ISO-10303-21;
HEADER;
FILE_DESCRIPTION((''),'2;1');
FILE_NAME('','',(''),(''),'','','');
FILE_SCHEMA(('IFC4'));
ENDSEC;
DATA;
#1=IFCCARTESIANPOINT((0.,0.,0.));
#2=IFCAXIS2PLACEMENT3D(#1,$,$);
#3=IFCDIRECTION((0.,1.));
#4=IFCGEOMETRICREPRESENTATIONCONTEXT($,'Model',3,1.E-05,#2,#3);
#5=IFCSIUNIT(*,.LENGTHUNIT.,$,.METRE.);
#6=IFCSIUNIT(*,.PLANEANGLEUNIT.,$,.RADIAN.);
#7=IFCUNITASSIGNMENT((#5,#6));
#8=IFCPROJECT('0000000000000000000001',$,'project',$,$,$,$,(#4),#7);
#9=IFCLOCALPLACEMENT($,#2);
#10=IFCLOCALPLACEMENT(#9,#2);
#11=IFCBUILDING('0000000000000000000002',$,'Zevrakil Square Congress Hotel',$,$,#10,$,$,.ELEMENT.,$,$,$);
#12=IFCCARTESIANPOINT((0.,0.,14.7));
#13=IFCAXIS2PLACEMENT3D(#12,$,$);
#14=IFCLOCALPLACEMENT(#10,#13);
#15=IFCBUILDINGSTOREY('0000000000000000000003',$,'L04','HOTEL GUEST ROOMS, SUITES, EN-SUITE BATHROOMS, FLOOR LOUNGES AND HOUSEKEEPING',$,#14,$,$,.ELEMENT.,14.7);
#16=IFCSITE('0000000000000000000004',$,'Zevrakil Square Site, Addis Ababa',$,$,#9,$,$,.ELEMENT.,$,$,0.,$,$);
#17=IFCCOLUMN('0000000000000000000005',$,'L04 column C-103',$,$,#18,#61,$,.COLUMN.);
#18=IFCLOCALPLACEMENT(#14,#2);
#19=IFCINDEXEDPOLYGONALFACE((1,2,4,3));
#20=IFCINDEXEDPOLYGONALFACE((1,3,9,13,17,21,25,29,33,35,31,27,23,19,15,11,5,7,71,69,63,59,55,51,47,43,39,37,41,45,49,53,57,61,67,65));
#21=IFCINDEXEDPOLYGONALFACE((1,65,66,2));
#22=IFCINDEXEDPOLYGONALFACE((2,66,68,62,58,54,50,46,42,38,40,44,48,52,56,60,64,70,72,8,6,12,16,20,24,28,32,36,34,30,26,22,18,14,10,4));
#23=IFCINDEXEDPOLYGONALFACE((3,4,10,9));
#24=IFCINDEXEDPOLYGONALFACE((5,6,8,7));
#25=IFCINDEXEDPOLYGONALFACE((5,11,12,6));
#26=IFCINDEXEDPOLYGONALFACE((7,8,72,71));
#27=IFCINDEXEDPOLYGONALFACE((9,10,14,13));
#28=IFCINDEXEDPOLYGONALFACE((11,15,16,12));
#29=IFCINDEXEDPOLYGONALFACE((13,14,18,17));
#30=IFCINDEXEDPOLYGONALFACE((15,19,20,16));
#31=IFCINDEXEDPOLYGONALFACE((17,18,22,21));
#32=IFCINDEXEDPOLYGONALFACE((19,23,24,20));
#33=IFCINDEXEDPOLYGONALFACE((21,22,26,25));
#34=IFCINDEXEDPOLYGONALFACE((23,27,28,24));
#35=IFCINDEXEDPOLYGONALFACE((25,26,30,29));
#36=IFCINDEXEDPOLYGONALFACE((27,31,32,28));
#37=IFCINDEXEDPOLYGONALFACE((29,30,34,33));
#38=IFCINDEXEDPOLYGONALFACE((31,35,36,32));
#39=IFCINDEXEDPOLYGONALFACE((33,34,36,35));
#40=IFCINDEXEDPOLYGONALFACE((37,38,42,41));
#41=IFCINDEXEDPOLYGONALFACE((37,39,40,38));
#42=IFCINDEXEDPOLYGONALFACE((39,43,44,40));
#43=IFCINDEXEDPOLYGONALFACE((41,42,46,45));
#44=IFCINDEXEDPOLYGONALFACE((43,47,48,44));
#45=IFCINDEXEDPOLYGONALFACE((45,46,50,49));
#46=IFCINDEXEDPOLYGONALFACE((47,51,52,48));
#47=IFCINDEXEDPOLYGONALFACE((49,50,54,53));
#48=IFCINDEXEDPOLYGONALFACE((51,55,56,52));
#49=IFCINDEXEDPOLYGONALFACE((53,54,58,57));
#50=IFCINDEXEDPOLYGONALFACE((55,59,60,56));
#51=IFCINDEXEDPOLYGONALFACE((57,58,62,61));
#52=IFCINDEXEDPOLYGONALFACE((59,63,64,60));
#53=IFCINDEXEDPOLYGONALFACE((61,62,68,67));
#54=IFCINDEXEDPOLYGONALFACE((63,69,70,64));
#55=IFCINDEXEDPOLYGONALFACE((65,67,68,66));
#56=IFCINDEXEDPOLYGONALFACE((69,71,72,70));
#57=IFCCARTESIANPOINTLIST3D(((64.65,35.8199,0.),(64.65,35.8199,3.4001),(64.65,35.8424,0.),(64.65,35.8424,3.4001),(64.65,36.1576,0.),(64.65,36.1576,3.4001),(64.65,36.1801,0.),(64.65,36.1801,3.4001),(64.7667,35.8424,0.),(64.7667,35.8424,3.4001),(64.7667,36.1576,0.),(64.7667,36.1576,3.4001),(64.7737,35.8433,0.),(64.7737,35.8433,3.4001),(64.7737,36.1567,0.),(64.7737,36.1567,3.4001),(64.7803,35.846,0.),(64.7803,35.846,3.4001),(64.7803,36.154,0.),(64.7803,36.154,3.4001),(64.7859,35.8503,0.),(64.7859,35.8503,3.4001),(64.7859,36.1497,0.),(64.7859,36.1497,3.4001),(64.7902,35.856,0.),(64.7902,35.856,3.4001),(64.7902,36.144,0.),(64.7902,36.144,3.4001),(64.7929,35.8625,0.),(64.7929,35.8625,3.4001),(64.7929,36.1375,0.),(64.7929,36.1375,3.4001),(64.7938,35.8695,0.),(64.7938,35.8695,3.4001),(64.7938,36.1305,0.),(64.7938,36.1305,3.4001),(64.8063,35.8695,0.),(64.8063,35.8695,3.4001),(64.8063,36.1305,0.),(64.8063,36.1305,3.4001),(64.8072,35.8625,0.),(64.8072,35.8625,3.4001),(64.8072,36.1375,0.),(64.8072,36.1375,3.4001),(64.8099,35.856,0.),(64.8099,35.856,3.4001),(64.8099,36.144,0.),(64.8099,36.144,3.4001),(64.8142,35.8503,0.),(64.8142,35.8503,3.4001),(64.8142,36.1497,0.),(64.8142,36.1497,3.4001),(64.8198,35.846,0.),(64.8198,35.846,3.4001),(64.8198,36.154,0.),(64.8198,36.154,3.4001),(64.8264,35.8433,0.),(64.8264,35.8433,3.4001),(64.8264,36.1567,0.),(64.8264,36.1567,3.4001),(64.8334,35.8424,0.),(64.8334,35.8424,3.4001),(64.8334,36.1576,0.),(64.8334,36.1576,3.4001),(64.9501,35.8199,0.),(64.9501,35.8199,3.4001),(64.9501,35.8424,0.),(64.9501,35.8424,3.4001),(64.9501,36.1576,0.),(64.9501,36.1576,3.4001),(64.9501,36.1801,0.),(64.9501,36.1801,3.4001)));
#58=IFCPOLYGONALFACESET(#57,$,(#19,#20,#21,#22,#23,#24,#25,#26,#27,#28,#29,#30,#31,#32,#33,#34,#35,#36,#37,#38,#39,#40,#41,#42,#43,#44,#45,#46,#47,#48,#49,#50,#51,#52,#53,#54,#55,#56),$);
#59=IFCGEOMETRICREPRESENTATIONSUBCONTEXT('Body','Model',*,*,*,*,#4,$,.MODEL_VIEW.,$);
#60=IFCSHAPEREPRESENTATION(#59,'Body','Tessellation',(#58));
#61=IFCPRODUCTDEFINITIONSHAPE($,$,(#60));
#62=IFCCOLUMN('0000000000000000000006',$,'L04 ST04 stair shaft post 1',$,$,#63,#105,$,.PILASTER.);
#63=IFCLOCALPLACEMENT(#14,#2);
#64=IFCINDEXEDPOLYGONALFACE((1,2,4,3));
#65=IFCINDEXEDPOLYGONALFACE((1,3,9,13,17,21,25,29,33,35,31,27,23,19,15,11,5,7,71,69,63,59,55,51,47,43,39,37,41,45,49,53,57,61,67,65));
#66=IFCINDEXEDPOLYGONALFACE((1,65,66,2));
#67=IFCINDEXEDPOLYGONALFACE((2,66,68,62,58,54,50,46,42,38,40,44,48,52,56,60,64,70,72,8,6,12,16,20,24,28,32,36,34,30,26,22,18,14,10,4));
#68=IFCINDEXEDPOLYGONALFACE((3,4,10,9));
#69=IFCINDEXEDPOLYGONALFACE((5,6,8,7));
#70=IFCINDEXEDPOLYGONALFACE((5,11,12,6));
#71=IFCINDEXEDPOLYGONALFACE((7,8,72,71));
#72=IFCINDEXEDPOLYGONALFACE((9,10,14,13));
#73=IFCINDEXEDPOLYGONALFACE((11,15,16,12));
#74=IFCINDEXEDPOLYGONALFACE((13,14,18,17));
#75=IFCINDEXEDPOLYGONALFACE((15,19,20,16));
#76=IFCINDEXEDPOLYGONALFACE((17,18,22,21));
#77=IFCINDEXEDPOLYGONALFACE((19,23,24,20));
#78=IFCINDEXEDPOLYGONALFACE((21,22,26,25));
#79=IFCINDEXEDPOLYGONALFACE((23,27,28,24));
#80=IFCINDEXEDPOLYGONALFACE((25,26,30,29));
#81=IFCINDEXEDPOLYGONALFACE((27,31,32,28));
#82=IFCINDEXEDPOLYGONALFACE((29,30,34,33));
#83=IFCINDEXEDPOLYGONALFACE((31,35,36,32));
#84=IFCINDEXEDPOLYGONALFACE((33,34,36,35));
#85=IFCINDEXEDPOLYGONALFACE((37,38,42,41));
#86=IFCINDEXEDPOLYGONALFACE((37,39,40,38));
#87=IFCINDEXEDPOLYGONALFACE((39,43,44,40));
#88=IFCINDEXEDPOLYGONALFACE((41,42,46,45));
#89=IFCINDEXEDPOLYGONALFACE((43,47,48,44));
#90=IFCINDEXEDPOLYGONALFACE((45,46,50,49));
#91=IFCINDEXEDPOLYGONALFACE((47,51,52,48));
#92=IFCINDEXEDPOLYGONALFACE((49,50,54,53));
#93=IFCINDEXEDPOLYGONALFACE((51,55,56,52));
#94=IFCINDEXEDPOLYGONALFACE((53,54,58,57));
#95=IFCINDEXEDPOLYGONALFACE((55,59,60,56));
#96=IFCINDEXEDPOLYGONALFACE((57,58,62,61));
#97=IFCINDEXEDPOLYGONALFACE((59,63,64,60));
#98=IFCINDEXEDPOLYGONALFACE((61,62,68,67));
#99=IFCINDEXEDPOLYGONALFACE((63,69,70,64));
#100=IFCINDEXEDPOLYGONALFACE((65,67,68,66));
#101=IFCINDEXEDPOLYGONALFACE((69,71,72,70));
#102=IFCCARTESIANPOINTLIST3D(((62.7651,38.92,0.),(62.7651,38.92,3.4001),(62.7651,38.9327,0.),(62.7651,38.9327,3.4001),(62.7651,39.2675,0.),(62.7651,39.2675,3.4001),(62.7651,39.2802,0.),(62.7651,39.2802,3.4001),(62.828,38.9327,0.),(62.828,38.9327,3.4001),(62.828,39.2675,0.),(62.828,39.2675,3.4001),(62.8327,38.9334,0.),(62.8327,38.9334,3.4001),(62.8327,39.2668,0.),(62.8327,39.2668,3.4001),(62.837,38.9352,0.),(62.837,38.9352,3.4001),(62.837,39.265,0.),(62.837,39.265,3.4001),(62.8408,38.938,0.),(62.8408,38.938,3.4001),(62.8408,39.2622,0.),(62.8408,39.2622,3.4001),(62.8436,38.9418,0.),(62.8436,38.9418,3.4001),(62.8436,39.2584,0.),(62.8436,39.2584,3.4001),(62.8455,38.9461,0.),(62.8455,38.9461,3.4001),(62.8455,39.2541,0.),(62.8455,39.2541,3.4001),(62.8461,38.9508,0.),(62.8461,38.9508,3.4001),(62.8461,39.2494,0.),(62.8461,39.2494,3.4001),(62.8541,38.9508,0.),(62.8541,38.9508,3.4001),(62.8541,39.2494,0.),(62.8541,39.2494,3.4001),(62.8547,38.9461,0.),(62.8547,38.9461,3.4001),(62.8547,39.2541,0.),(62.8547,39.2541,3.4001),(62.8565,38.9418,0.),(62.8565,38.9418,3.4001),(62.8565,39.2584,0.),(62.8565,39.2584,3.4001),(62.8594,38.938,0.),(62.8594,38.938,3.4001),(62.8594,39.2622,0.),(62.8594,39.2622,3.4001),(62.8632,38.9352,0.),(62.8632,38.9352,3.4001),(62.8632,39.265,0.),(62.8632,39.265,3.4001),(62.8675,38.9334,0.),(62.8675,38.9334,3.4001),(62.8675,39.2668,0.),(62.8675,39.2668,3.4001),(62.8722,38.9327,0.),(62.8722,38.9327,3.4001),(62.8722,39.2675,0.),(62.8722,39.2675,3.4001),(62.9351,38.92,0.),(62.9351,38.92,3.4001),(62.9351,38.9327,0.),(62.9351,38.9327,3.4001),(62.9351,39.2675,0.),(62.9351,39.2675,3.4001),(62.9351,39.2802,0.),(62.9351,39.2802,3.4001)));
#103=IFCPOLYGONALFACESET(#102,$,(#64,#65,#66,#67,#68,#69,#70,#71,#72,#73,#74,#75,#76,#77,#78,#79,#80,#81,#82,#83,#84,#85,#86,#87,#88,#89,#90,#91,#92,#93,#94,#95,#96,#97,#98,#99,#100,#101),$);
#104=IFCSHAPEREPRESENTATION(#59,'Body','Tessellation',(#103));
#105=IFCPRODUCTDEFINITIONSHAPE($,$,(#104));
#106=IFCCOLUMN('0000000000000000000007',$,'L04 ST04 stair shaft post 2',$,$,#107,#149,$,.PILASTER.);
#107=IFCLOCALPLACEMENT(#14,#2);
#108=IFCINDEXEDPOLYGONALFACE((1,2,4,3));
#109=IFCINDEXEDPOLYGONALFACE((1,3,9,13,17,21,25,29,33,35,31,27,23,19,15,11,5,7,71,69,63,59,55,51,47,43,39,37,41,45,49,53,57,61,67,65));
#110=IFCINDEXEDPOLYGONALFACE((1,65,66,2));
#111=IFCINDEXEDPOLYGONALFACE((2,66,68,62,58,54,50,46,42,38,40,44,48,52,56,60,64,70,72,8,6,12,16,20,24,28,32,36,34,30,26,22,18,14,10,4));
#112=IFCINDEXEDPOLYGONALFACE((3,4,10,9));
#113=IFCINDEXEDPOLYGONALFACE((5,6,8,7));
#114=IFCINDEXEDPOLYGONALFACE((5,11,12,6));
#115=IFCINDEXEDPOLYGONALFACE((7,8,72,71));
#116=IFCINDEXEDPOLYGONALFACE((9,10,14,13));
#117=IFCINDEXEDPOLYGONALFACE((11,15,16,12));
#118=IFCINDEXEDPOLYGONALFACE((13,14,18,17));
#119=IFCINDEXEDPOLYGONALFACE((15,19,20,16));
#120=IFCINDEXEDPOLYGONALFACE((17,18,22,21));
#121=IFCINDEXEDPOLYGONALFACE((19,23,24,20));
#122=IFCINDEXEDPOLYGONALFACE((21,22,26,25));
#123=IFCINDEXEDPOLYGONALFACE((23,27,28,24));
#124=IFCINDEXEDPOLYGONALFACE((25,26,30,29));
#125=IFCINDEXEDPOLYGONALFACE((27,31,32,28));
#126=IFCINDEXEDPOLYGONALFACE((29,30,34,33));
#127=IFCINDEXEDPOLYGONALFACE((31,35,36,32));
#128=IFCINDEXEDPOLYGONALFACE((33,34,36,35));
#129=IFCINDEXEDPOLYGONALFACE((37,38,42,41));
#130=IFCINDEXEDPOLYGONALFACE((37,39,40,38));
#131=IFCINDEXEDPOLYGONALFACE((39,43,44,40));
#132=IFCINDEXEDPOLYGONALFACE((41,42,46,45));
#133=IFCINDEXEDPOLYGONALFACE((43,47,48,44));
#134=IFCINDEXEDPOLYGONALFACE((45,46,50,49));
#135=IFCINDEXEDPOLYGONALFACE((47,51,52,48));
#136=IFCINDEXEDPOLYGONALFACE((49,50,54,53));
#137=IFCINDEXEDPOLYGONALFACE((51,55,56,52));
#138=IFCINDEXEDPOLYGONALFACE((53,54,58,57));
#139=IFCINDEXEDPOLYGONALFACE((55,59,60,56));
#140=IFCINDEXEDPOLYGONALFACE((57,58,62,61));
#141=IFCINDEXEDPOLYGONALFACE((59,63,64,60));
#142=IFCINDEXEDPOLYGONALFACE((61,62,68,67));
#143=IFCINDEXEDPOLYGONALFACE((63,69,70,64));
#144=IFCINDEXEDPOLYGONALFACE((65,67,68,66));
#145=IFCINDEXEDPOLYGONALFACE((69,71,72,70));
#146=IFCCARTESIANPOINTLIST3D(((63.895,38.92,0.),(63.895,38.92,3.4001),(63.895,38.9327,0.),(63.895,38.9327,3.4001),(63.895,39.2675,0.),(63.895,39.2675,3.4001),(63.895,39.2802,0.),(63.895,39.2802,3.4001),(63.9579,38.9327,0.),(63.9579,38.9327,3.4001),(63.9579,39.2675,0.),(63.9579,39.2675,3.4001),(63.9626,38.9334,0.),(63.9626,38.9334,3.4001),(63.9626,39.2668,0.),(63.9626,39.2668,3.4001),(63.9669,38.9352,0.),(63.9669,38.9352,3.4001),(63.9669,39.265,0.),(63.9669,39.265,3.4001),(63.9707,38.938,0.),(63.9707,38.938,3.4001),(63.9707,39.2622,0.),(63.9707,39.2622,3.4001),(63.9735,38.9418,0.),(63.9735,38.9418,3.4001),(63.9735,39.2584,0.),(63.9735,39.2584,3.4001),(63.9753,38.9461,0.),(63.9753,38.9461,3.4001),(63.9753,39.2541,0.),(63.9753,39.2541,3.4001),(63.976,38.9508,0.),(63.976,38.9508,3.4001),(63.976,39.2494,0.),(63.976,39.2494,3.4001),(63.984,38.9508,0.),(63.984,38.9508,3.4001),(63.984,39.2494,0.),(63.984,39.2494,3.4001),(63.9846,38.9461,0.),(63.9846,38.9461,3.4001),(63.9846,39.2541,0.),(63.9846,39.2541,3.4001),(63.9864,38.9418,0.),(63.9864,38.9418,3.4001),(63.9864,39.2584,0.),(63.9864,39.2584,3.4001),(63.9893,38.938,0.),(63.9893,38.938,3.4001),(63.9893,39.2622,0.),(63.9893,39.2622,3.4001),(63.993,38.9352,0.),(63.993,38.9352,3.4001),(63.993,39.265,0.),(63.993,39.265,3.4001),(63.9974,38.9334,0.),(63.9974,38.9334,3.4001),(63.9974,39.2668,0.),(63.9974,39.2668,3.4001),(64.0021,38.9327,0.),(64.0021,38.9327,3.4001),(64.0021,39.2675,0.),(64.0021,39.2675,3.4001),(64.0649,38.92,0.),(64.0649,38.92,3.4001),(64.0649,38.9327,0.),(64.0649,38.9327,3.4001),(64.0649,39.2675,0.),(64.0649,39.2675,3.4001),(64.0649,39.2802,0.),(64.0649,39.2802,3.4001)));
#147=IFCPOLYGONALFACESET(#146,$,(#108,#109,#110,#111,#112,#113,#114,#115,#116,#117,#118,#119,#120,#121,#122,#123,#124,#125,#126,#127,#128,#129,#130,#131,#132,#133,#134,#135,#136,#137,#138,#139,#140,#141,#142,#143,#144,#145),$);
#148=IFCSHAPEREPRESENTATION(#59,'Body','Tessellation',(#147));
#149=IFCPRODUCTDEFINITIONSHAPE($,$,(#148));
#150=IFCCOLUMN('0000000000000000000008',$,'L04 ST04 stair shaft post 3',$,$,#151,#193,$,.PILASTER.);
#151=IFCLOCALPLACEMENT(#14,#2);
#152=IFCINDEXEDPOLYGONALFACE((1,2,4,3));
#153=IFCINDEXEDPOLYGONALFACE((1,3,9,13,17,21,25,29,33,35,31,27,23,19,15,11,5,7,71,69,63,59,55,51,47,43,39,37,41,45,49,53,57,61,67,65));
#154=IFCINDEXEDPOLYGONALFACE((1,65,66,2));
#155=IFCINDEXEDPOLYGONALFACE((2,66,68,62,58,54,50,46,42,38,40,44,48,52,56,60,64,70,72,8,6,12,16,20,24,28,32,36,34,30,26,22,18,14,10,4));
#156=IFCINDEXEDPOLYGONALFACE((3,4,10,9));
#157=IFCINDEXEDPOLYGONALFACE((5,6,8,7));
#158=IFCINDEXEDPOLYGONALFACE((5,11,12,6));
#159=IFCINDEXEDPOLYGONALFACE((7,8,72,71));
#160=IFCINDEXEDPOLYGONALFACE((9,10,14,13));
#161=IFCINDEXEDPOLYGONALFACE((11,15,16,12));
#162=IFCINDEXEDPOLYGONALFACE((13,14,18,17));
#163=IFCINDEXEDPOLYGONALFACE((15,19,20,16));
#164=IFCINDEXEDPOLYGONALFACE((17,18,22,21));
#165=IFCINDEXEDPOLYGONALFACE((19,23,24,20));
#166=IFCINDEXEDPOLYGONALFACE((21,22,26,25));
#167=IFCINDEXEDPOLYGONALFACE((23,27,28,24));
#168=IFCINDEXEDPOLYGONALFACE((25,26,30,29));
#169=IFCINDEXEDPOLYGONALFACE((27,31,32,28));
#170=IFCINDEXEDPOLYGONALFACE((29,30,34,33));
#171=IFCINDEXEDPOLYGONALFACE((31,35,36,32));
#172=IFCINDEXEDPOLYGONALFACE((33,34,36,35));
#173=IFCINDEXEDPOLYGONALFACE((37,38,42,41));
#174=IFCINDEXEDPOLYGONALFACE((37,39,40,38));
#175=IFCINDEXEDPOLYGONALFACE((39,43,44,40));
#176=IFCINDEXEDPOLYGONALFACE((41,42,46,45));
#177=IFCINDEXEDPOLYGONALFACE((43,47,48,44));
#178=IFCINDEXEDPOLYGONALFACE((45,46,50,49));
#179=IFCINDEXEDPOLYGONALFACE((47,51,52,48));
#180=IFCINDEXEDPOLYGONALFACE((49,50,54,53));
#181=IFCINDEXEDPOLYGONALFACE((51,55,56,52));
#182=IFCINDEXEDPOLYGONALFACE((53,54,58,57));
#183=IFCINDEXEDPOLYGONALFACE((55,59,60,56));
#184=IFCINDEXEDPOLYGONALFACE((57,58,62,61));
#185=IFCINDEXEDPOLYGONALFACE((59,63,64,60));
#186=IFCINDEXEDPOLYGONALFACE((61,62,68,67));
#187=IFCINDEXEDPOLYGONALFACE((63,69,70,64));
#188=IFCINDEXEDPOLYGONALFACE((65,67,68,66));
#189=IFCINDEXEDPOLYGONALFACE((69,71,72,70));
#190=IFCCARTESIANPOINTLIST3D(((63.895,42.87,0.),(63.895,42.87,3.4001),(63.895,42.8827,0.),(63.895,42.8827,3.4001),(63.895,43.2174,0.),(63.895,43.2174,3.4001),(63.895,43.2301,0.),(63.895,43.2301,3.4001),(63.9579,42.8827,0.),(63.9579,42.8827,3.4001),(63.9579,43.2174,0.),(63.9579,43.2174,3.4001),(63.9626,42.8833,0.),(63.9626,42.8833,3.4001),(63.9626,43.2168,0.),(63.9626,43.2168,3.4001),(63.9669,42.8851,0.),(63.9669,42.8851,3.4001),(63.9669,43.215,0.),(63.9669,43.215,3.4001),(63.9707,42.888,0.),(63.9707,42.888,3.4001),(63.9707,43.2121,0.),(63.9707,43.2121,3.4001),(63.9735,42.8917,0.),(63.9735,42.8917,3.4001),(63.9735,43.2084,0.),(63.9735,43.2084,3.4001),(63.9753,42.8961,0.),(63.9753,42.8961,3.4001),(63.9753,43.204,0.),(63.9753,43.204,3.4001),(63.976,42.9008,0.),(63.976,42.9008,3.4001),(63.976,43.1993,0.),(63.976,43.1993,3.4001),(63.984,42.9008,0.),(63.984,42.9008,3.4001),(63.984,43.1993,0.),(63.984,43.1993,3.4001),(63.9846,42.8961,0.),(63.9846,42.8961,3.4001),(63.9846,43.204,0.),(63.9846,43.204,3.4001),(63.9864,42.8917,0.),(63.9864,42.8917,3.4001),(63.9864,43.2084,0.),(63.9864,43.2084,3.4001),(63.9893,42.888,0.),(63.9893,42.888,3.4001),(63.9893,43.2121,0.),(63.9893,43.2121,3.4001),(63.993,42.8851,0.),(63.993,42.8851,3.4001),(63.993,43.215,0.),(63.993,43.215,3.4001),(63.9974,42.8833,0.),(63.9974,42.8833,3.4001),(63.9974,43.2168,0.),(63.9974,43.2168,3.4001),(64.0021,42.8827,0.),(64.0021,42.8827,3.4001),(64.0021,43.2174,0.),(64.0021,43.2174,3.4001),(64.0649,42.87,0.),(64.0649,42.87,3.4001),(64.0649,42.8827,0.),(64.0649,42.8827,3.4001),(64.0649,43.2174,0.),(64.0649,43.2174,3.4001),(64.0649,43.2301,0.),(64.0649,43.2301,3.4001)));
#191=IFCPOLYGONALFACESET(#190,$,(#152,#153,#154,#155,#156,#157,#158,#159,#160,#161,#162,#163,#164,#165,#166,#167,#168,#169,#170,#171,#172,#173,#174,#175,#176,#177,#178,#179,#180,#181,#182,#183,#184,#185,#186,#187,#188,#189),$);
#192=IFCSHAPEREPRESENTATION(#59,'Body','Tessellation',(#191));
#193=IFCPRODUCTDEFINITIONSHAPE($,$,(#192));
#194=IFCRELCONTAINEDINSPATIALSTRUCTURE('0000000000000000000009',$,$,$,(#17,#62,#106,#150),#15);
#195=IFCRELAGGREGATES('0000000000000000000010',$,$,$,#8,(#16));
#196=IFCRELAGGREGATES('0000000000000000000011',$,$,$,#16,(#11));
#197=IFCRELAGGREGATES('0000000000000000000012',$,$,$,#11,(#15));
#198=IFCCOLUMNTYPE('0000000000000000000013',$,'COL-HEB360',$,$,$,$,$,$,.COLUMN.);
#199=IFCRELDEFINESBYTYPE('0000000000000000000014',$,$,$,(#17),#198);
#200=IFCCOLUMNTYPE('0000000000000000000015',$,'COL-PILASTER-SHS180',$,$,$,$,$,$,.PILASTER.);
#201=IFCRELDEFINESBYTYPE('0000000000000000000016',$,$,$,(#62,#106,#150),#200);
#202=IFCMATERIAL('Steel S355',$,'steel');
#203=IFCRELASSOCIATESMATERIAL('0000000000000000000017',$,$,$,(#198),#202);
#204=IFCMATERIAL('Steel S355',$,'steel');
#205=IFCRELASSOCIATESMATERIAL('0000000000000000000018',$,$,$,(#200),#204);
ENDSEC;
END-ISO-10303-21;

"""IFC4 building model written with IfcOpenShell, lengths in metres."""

from ifc_helpers import new_model, si_unit, direction, frame, origin, origin_2d, place, context, subcontext, project, spatial, i_section, extrude, material, material_profile, profile_set, type_object, element, save


model = new_model("IFC4")

# Units and contexts
model_context = context("Model", 3, precision=1e-05, world=origin(), true_north=direction((0.0, 1.0)))
body_context = subcontext(model_context, "Body", "Model", "MODEL_VIEW")
ifc_project = project(units=[si_unit("LENGTHUNIT", "METRE"), si_unit("PLANEANGLEUNIT", "RADIAN")], contexts=[model_context])

# Site, building, storey
site_placement = place(None, origin())
site = spatial("IfcSite", under=ifc_project, at=site_placement, Name="Zevrakil Square Site, Addis Ababa", CompositionType="ELEMENT", RefElevation=0.0)
building_placement = place(site_placement, origin())
building = spatial("IfcBuilding", under=site, at=building_placement, Name="Zevrakil Square Congress Hotel", CompositionType="ELEMENT")
storey_placement = place(building_placement, frame((0.0, 0.0, 14.7)))
storey = spatial("IfcBuildingStorey", under=building, at=storey_placement, Name="L04", Description="HOTEL GUEST ROOMS, SUITES, EN-SUITE BATHROOMS, FLOOR LOUNGES AND HOUSEKEEPING", CompositionType="ELEMENT", Elevation=14.7)

# Columns
ifc_material_1 = material(Name="Steel S355", Category="steel")
ifc_material_profile_1 = material_profile(ifc_material_1, i_section(OverallWidth=0.3, OverallDepth=0.3601, WebThickness=0.0125, FlangeThickness=0.0225, FilletRadius=0.0271, at=origin_2d()), Name="HEB 360")
ifc_profile_set_1 = profile_set([ifc_material_profile_1], Name="Steel S355")
column_type_1 = type_object("IfcColumnType", Name="COL-HEB360", PredefinedType="COLUMN", material=ifc_profile_set_1)
column_placement = place(storey_placement, frame((64.8, 36.0, 0.0), z_axis=(0.0, 0.0, 1.0), x_axis=(1.0, 0.0, 0.0)))
element("IfcColumn", 1, at=column_placement, inside=storey, type_object=column_type_1, Name="L04 column C-103", PredefinedType="COLUMN", context=body_context, shape_type="SweptSolid", body=[
    extrude(i_section(OverallWidth=0.3, OverallDepth=0.3601, WebThickness=0.0125, FlangeThickness=0.0225, FilletRadius=0.0271, at=origin_2d()), origin(), (0.0, 0.0, 1.0), 3.4001),
])
ifc_material_2 = material(Name="Steel S355", Category="steel")
ifc_material_profile_2 = material_profile(ifc_material_2, i_section(OverallWidth=0.1699, OverallDepth=0.3601, WebThickness=0.0081, FlangeThickness=0.0127, FilletRadius=0.0181, at=origin_2d()), Name="IPE 360")
ifc_profile_set_2 = profile_set([ifc_material_profile_2], Name="Steel S355")
column_type_2 = type_object("IfcColumnType", Name="COL-PILASTER-SHS180", PredefinedType="PILASTER", material=ifc_profile_set_2)
for number, where, z_axis, x_axis, name in (
    (2, (62.8501, 39.1001, 0.0), (0.0, 0.0, 1.0), (1.0, 0.0, 0.0), "L04 ST04 stair shaft post 1"),
    (3, (63.98, 39.1001, 0.0), (0.0, 0.0, 1.0), (1.0, 0.0, 0.0), "L04 ST04 stair shaft post 2"),
    (4, (63.98, 43.05, 0.0), (0.0, 0.0, 1.0), (1.0, 0.0, 0.0), "L04 ST04 stair shaft post 3"),
):
    element("IfcColumn", number, at=place(storey_placement, frame(where, z_axis=z_axis, x_axis=x_axis)), inside=storey, type_object=column_type_2, Name=name, PredefinedType="PILASTER", context=body_context, shape_type="SweptSolid", body=[
        extrude(i_section(OverallWidth=0.1699, OverallDepth=0.3601, WebThickness=0.0081, FlangeThickness=0.0127, FilletRadius=0.0181, at=origin_2d()), origin(), (0.0, 0.0, 1.0), 3.4001),
    ])

save(model, "model.ifc")
